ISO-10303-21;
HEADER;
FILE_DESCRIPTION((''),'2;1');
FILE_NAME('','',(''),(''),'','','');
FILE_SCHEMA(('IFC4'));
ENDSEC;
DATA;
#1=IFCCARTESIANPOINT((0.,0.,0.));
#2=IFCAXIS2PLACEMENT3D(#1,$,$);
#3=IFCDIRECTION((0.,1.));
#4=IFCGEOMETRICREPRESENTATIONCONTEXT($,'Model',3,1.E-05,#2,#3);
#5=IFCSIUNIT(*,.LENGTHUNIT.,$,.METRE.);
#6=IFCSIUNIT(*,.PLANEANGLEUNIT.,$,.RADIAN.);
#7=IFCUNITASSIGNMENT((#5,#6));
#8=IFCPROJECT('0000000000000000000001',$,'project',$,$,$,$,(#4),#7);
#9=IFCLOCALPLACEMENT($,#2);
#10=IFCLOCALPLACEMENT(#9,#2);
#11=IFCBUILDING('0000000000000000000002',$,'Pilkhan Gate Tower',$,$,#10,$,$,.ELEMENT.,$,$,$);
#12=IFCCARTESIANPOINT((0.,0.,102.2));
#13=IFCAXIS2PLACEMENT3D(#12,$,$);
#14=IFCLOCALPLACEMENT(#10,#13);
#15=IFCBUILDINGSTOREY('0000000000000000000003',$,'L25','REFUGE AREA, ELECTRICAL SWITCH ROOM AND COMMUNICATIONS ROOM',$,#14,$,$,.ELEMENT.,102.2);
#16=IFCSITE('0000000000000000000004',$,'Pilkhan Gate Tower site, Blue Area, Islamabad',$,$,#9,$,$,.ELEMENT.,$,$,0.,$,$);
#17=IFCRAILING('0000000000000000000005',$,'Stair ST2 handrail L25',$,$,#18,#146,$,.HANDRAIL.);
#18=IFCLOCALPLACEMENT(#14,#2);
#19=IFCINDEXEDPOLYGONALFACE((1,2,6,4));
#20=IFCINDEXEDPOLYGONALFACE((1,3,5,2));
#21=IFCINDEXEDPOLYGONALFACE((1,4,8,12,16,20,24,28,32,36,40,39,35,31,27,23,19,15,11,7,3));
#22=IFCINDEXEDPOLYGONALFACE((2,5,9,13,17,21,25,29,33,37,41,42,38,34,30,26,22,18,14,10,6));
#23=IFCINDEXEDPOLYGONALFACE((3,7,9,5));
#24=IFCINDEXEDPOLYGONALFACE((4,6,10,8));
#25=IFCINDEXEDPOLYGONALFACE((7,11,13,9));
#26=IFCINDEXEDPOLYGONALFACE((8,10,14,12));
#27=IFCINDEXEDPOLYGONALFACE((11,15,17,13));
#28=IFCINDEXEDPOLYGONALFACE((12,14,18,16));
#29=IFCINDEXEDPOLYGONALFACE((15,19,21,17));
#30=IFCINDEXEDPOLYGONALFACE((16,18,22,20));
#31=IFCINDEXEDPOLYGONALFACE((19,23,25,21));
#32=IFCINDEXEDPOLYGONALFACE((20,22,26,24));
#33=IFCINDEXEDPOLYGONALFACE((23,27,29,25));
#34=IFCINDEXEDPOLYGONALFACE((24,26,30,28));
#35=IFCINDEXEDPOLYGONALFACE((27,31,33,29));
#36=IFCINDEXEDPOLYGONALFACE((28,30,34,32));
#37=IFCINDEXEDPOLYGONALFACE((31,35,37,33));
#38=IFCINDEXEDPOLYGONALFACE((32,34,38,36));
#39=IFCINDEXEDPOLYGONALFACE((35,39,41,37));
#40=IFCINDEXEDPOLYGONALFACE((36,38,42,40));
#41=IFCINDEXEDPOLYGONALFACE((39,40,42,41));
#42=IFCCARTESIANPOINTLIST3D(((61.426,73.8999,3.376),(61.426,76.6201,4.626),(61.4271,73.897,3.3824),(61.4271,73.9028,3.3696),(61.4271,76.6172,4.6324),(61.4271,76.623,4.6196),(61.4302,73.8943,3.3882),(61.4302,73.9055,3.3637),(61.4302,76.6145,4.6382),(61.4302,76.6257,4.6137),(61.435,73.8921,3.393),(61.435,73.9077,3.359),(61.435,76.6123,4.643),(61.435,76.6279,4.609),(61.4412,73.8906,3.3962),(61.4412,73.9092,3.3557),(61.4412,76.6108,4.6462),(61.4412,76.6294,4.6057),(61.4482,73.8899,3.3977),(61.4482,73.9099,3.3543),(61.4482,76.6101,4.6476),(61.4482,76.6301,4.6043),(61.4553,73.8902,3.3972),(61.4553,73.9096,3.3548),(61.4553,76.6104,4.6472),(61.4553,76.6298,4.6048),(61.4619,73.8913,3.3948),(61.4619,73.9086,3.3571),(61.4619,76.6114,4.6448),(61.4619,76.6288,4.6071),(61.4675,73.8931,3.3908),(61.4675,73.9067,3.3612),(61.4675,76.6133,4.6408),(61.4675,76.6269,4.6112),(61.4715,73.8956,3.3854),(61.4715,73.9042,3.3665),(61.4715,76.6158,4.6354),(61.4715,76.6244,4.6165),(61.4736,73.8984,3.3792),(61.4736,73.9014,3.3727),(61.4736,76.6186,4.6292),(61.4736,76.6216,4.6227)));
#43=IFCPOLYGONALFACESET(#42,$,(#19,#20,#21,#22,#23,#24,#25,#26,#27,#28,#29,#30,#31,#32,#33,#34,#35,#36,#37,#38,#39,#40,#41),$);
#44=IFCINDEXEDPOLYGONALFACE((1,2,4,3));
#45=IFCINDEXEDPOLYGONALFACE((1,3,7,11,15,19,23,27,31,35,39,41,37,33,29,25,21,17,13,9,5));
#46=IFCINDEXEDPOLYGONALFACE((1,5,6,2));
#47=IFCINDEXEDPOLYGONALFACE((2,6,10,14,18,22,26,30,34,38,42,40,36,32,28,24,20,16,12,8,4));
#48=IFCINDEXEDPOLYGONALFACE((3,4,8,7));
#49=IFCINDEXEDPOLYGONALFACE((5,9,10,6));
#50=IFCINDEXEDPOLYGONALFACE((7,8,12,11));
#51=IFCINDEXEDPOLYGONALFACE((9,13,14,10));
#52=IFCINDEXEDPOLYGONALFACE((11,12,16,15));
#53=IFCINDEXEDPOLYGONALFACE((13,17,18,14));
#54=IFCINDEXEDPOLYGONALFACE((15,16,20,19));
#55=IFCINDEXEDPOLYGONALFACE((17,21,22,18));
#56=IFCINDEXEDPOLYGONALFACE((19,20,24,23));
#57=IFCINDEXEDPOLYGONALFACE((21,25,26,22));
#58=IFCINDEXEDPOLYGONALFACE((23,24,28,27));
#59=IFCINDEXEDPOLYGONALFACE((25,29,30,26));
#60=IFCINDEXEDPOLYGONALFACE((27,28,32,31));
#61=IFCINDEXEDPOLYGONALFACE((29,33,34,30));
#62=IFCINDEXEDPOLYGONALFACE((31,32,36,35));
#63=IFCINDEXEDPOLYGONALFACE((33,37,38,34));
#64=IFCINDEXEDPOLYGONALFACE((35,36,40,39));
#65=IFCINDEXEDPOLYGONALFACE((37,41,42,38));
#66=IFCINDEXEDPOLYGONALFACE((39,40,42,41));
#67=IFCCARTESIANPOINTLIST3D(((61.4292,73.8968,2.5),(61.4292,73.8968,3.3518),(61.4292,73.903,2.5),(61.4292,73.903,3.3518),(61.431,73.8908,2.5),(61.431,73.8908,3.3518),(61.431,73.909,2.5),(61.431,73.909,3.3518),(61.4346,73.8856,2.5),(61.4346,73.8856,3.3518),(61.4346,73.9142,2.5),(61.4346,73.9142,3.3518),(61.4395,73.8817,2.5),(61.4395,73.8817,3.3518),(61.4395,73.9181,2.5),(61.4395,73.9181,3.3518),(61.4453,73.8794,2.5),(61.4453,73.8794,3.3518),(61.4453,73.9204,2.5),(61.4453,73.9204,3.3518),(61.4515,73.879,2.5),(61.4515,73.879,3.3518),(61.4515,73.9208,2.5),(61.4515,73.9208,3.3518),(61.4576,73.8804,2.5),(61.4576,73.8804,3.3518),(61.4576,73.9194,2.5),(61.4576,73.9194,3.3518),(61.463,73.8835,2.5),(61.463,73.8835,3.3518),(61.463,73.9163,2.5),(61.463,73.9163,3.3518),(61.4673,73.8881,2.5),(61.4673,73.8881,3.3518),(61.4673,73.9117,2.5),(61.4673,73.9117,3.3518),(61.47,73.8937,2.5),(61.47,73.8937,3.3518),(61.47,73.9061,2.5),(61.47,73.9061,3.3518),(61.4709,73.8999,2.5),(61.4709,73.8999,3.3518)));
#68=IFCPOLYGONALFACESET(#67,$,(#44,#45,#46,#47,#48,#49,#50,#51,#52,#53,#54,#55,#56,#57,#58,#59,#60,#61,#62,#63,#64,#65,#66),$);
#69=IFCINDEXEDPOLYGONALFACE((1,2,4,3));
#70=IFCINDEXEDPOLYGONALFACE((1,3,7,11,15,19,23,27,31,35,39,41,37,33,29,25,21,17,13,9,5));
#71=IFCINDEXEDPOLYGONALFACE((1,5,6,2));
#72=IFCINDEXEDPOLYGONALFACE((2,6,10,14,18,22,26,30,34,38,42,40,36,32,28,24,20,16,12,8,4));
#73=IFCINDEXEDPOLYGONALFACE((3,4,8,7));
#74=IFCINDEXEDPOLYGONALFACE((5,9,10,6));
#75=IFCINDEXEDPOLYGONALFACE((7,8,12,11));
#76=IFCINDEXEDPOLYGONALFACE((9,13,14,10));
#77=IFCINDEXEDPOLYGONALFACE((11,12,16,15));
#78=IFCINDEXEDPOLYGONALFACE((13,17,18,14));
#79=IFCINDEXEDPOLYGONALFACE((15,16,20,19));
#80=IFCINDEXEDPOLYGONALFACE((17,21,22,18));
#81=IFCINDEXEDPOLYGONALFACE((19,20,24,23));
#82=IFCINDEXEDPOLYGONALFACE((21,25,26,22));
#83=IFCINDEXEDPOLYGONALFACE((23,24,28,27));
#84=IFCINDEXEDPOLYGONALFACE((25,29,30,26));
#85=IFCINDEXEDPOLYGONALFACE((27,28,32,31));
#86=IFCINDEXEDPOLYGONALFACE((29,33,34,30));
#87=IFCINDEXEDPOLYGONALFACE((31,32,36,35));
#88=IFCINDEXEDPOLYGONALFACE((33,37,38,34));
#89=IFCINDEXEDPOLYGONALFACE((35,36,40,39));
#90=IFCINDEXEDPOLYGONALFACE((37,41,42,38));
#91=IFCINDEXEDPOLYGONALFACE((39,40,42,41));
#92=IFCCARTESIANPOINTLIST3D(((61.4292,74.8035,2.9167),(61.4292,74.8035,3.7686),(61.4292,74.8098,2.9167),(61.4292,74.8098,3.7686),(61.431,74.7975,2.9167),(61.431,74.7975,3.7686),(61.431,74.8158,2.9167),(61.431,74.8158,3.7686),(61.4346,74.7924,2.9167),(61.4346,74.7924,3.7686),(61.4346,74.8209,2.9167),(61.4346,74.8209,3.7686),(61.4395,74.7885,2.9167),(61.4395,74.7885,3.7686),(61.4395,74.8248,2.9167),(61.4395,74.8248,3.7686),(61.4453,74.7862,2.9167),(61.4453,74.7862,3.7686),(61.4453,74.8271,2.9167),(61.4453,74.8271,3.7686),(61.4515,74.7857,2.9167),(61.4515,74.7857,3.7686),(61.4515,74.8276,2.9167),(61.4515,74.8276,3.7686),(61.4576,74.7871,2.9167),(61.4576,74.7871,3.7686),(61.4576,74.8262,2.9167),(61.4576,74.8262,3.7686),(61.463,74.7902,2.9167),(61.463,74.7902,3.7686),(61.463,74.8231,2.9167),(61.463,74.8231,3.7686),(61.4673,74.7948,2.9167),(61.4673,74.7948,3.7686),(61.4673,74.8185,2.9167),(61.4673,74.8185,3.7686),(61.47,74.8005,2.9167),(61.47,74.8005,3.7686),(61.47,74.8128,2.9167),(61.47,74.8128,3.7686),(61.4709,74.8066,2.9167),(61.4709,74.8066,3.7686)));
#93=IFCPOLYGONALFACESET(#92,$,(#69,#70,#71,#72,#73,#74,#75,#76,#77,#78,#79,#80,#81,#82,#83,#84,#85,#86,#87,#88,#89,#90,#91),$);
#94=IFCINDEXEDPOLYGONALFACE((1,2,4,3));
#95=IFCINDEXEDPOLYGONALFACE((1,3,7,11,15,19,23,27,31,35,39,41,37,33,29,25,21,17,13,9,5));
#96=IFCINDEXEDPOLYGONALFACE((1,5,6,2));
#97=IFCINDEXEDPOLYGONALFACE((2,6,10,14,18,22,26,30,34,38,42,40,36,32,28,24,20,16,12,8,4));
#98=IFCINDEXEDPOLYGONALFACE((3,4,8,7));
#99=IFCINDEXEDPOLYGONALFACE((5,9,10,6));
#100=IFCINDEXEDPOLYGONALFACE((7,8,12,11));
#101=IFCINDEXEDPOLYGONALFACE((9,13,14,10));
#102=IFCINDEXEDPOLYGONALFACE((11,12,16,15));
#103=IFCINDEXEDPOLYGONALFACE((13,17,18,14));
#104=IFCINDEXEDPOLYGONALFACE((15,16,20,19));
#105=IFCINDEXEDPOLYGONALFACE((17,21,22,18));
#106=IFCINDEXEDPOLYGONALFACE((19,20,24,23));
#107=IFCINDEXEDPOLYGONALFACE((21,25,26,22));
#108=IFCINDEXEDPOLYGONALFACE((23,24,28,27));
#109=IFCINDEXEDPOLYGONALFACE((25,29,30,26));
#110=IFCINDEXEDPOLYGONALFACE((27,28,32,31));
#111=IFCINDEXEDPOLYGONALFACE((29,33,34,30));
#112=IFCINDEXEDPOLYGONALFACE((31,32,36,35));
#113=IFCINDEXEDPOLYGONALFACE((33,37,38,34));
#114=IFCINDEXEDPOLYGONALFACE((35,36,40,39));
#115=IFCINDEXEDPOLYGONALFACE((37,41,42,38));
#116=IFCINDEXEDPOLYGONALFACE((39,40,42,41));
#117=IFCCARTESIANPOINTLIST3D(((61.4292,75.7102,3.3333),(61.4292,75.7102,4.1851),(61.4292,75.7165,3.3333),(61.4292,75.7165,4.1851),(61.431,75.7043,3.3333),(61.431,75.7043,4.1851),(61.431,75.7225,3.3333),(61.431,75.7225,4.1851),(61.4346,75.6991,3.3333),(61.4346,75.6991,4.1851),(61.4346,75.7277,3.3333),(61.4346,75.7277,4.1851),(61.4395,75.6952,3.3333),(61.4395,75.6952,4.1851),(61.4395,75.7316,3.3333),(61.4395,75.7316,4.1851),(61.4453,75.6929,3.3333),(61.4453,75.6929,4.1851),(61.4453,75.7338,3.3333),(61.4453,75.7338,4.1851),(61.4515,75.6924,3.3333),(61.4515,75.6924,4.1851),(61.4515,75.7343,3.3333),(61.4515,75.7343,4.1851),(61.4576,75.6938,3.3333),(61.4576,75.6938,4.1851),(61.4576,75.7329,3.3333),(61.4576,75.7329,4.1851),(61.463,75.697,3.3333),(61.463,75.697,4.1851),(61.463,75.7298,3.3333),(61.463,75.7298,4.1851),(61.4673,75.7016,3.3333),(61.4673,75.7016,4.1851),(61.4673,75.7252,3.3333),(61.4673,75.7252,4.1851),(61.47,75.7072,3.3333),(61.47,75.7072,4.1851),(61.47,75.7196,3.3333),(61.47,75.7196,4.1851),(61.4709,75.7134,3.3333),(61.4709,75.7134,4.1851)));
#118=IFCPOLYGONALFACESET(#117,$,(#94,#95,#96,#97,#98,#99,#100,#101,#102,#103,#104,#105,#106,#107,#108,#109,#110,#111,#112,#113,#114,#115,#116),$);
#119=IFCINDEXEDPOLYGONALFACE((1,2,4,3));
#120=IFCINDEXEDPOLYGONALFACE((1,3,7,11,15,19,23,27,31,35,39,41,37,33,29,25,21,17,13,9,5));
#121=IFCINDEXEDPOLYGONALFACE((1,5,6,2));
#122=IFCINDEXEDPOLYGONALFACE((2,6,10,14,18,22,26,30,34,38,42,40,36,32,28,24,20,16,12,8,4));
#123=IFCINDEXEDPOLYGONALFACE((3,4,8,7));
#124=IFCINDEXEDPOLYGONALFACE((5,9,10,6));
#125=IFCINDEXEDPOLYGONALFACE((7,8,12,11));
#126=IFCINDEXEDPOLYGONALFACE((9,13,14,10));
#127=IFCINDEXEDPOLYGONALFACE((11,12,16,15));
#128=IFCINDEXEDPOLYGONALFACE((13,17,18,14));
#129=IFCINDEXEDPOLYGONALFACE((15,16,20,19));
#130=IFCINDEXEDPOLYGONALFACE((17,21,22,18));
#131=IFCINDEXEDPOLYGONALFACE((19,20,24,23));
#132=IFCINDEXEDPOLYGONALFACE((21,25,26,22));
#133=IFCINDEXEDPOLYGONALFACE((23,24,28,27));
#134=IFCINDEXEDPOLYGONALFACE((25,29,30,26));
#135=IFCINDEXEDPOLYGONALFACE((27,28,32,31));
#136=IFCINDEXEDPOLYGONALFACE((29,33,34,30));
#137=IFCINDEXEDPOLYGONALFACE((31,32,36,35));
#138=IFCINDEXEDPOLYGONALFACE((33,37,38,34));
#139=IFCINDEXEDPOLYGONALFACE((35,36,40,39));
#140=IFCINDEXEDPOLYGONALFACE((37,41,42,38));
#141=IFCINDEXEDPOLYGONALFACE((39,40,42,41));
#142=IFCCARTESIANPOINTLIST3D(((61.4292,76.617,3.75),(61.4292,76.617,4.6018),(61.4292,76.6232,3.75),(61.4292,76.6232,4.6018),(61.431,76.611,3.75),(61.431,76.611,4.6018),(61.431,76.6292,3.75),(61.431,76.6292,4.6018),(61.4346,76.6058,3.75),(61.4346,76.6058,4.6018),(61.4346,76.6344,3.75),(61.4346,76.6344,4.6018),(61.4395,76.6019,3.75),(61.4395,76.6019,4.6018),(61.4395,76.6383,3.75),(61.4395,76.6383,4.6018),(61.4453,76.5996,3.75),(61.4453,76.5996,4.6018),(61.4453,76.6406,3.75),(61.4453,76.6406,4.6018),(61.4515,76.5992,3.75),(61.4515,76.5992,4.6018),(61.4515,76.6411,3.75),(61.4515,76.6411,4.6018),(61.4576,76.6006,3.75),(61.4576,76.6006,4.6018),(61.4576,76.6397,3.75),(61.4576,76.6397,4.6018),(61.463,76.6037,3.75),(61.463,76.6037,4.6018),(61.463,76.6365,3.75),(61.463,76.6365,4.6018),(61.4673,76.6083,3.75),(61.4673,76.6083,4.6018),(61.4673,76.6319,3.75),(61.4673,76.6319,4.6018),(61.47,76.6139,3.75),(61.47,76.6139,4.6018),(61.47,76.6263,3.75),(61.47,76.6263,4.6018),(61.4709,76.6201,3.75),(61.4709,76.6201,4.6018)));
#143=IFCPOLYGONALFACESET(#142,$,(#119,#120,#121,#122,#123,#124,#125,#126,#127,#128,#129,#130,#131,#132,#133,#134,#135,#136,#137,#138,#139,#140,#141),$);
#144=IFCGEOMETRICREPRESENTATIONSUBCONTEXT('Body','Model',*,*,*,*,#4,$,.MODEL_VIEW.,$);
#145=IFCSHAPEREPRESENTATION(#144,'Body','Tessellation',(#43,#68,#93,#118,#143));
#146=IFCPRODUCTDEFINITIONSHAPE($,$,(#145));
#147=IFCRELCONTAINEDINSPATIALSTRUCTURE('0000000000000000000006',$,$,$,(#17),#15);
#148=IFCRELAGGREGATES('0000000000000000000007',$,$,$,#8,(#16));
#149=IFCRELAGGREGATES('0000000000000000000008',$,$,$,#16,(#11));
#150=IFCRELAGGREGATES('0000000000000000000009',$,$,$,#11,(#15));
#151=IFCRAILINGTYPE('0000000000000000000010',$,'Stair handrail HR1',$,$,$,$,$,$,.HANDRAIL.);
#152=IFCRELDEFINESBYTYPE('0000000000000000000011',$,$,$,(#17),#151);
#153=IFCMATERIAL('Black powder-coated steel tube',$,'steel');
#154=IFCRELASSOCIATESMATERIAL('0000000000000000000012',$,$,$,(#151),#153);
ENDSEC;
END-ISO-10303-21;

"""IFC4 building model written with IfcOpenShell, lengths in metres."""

from ifc_helpers import new_model, si_unit, direction, frame, origin, origin_2d, place, context, subcontext, project, spatial, circle, extrude, material, type_object, element, save


model = new_model("IFC4")

# Units and contexts
model_context = context("Model", 3, precision=1e-05, world=origin(), true_north=direction((0.0, 1.0)))
body_context = subcontext(model_context, "Body", "Model", "MODEL_VIEW")
ifc_project = project(units=[si_unit("LENGTHUNIT", "METRE"), si_unit("PLANEANGLEUNIT", "RADIAN")], contexts=[model_context])

# Site, building, storey
site_placement = place(None, origin())
site = spatial("IfcSite", under=ifc_project, at=site_placement, Name="Pilkhan Gate Tower site, Blue Area, Islamabad", CompositionType="ELEMENT", RefElevation=0.0)
building_placement = place(site_placement, origin())
building = spatial("IfcBuilding", under=site, at=building_placement, Name="Pilkhan Gate Tower", CompositionType="ELEMENT")
storey_placement = place(building_placement, frame((0.0, 0.0, 102.2)))
storey = spatial("IfcBuildingStorey", under=building, at=storey_placement, Name="L25", Description="REFUGE AREA, ELECTRICAL SWITCH ROOM AND COMMUNICATIONS ROOM", CompositionType="ELEMENT", Elevation=102.2)

# Railing
ifc_material_1 = material(Name="Black powder-coated steel tube", Category="steel")
railing_type_1 = type_object("IfcRailingType", Name="Stair handrail HR1", PredefinedType="HANDRAIL", material=ifc_material_1)
railing_1_placement = place(storey_placement, frame((61.45, 73.8999, 2.5)))
element("IfcRailing", 1, at=railing_1_placement, inside=storey, type_object=railing_type_1, Name="Stair ST2 handrail L25", PredefinedType="HANDRAIL", context=body_context, shape_type="SweptSolid", body=[
    extrude(circle(Radius=0.0239, at=origin_2d()), frame((0.0, 0.0, 0.876), z_axis=(0.0, 0.908655, 0.417547), x_axis=(-1.0, 0.0, 0.0)), (0.0, 0.0, 1.0), 2.9937),
    extrude(circle(Radius=0.021, at=origin_2d()), origin(), (0.0, 0.0, 1.0), 0.8518),
    extrude(circle(Radius=0.021, at=origin_2d()), frame((0.0, 0.9067, 0.4167)), (0.0, 0.0, 1.0), 0.8518),
    extrude(circle(Radius=0.021, at=origin_2d()), frame((0.0, 1.8135, 0.8333)), (0.0, 0.0, 1.0), 0.8518),
    extrude(circle(Radius=0.021, at=origin_2d()), frame((0.0, 2.7202, 1.25)), (0.0, 0.0, 1.0), 0.8518),
])

save(model, "model.ifc")
